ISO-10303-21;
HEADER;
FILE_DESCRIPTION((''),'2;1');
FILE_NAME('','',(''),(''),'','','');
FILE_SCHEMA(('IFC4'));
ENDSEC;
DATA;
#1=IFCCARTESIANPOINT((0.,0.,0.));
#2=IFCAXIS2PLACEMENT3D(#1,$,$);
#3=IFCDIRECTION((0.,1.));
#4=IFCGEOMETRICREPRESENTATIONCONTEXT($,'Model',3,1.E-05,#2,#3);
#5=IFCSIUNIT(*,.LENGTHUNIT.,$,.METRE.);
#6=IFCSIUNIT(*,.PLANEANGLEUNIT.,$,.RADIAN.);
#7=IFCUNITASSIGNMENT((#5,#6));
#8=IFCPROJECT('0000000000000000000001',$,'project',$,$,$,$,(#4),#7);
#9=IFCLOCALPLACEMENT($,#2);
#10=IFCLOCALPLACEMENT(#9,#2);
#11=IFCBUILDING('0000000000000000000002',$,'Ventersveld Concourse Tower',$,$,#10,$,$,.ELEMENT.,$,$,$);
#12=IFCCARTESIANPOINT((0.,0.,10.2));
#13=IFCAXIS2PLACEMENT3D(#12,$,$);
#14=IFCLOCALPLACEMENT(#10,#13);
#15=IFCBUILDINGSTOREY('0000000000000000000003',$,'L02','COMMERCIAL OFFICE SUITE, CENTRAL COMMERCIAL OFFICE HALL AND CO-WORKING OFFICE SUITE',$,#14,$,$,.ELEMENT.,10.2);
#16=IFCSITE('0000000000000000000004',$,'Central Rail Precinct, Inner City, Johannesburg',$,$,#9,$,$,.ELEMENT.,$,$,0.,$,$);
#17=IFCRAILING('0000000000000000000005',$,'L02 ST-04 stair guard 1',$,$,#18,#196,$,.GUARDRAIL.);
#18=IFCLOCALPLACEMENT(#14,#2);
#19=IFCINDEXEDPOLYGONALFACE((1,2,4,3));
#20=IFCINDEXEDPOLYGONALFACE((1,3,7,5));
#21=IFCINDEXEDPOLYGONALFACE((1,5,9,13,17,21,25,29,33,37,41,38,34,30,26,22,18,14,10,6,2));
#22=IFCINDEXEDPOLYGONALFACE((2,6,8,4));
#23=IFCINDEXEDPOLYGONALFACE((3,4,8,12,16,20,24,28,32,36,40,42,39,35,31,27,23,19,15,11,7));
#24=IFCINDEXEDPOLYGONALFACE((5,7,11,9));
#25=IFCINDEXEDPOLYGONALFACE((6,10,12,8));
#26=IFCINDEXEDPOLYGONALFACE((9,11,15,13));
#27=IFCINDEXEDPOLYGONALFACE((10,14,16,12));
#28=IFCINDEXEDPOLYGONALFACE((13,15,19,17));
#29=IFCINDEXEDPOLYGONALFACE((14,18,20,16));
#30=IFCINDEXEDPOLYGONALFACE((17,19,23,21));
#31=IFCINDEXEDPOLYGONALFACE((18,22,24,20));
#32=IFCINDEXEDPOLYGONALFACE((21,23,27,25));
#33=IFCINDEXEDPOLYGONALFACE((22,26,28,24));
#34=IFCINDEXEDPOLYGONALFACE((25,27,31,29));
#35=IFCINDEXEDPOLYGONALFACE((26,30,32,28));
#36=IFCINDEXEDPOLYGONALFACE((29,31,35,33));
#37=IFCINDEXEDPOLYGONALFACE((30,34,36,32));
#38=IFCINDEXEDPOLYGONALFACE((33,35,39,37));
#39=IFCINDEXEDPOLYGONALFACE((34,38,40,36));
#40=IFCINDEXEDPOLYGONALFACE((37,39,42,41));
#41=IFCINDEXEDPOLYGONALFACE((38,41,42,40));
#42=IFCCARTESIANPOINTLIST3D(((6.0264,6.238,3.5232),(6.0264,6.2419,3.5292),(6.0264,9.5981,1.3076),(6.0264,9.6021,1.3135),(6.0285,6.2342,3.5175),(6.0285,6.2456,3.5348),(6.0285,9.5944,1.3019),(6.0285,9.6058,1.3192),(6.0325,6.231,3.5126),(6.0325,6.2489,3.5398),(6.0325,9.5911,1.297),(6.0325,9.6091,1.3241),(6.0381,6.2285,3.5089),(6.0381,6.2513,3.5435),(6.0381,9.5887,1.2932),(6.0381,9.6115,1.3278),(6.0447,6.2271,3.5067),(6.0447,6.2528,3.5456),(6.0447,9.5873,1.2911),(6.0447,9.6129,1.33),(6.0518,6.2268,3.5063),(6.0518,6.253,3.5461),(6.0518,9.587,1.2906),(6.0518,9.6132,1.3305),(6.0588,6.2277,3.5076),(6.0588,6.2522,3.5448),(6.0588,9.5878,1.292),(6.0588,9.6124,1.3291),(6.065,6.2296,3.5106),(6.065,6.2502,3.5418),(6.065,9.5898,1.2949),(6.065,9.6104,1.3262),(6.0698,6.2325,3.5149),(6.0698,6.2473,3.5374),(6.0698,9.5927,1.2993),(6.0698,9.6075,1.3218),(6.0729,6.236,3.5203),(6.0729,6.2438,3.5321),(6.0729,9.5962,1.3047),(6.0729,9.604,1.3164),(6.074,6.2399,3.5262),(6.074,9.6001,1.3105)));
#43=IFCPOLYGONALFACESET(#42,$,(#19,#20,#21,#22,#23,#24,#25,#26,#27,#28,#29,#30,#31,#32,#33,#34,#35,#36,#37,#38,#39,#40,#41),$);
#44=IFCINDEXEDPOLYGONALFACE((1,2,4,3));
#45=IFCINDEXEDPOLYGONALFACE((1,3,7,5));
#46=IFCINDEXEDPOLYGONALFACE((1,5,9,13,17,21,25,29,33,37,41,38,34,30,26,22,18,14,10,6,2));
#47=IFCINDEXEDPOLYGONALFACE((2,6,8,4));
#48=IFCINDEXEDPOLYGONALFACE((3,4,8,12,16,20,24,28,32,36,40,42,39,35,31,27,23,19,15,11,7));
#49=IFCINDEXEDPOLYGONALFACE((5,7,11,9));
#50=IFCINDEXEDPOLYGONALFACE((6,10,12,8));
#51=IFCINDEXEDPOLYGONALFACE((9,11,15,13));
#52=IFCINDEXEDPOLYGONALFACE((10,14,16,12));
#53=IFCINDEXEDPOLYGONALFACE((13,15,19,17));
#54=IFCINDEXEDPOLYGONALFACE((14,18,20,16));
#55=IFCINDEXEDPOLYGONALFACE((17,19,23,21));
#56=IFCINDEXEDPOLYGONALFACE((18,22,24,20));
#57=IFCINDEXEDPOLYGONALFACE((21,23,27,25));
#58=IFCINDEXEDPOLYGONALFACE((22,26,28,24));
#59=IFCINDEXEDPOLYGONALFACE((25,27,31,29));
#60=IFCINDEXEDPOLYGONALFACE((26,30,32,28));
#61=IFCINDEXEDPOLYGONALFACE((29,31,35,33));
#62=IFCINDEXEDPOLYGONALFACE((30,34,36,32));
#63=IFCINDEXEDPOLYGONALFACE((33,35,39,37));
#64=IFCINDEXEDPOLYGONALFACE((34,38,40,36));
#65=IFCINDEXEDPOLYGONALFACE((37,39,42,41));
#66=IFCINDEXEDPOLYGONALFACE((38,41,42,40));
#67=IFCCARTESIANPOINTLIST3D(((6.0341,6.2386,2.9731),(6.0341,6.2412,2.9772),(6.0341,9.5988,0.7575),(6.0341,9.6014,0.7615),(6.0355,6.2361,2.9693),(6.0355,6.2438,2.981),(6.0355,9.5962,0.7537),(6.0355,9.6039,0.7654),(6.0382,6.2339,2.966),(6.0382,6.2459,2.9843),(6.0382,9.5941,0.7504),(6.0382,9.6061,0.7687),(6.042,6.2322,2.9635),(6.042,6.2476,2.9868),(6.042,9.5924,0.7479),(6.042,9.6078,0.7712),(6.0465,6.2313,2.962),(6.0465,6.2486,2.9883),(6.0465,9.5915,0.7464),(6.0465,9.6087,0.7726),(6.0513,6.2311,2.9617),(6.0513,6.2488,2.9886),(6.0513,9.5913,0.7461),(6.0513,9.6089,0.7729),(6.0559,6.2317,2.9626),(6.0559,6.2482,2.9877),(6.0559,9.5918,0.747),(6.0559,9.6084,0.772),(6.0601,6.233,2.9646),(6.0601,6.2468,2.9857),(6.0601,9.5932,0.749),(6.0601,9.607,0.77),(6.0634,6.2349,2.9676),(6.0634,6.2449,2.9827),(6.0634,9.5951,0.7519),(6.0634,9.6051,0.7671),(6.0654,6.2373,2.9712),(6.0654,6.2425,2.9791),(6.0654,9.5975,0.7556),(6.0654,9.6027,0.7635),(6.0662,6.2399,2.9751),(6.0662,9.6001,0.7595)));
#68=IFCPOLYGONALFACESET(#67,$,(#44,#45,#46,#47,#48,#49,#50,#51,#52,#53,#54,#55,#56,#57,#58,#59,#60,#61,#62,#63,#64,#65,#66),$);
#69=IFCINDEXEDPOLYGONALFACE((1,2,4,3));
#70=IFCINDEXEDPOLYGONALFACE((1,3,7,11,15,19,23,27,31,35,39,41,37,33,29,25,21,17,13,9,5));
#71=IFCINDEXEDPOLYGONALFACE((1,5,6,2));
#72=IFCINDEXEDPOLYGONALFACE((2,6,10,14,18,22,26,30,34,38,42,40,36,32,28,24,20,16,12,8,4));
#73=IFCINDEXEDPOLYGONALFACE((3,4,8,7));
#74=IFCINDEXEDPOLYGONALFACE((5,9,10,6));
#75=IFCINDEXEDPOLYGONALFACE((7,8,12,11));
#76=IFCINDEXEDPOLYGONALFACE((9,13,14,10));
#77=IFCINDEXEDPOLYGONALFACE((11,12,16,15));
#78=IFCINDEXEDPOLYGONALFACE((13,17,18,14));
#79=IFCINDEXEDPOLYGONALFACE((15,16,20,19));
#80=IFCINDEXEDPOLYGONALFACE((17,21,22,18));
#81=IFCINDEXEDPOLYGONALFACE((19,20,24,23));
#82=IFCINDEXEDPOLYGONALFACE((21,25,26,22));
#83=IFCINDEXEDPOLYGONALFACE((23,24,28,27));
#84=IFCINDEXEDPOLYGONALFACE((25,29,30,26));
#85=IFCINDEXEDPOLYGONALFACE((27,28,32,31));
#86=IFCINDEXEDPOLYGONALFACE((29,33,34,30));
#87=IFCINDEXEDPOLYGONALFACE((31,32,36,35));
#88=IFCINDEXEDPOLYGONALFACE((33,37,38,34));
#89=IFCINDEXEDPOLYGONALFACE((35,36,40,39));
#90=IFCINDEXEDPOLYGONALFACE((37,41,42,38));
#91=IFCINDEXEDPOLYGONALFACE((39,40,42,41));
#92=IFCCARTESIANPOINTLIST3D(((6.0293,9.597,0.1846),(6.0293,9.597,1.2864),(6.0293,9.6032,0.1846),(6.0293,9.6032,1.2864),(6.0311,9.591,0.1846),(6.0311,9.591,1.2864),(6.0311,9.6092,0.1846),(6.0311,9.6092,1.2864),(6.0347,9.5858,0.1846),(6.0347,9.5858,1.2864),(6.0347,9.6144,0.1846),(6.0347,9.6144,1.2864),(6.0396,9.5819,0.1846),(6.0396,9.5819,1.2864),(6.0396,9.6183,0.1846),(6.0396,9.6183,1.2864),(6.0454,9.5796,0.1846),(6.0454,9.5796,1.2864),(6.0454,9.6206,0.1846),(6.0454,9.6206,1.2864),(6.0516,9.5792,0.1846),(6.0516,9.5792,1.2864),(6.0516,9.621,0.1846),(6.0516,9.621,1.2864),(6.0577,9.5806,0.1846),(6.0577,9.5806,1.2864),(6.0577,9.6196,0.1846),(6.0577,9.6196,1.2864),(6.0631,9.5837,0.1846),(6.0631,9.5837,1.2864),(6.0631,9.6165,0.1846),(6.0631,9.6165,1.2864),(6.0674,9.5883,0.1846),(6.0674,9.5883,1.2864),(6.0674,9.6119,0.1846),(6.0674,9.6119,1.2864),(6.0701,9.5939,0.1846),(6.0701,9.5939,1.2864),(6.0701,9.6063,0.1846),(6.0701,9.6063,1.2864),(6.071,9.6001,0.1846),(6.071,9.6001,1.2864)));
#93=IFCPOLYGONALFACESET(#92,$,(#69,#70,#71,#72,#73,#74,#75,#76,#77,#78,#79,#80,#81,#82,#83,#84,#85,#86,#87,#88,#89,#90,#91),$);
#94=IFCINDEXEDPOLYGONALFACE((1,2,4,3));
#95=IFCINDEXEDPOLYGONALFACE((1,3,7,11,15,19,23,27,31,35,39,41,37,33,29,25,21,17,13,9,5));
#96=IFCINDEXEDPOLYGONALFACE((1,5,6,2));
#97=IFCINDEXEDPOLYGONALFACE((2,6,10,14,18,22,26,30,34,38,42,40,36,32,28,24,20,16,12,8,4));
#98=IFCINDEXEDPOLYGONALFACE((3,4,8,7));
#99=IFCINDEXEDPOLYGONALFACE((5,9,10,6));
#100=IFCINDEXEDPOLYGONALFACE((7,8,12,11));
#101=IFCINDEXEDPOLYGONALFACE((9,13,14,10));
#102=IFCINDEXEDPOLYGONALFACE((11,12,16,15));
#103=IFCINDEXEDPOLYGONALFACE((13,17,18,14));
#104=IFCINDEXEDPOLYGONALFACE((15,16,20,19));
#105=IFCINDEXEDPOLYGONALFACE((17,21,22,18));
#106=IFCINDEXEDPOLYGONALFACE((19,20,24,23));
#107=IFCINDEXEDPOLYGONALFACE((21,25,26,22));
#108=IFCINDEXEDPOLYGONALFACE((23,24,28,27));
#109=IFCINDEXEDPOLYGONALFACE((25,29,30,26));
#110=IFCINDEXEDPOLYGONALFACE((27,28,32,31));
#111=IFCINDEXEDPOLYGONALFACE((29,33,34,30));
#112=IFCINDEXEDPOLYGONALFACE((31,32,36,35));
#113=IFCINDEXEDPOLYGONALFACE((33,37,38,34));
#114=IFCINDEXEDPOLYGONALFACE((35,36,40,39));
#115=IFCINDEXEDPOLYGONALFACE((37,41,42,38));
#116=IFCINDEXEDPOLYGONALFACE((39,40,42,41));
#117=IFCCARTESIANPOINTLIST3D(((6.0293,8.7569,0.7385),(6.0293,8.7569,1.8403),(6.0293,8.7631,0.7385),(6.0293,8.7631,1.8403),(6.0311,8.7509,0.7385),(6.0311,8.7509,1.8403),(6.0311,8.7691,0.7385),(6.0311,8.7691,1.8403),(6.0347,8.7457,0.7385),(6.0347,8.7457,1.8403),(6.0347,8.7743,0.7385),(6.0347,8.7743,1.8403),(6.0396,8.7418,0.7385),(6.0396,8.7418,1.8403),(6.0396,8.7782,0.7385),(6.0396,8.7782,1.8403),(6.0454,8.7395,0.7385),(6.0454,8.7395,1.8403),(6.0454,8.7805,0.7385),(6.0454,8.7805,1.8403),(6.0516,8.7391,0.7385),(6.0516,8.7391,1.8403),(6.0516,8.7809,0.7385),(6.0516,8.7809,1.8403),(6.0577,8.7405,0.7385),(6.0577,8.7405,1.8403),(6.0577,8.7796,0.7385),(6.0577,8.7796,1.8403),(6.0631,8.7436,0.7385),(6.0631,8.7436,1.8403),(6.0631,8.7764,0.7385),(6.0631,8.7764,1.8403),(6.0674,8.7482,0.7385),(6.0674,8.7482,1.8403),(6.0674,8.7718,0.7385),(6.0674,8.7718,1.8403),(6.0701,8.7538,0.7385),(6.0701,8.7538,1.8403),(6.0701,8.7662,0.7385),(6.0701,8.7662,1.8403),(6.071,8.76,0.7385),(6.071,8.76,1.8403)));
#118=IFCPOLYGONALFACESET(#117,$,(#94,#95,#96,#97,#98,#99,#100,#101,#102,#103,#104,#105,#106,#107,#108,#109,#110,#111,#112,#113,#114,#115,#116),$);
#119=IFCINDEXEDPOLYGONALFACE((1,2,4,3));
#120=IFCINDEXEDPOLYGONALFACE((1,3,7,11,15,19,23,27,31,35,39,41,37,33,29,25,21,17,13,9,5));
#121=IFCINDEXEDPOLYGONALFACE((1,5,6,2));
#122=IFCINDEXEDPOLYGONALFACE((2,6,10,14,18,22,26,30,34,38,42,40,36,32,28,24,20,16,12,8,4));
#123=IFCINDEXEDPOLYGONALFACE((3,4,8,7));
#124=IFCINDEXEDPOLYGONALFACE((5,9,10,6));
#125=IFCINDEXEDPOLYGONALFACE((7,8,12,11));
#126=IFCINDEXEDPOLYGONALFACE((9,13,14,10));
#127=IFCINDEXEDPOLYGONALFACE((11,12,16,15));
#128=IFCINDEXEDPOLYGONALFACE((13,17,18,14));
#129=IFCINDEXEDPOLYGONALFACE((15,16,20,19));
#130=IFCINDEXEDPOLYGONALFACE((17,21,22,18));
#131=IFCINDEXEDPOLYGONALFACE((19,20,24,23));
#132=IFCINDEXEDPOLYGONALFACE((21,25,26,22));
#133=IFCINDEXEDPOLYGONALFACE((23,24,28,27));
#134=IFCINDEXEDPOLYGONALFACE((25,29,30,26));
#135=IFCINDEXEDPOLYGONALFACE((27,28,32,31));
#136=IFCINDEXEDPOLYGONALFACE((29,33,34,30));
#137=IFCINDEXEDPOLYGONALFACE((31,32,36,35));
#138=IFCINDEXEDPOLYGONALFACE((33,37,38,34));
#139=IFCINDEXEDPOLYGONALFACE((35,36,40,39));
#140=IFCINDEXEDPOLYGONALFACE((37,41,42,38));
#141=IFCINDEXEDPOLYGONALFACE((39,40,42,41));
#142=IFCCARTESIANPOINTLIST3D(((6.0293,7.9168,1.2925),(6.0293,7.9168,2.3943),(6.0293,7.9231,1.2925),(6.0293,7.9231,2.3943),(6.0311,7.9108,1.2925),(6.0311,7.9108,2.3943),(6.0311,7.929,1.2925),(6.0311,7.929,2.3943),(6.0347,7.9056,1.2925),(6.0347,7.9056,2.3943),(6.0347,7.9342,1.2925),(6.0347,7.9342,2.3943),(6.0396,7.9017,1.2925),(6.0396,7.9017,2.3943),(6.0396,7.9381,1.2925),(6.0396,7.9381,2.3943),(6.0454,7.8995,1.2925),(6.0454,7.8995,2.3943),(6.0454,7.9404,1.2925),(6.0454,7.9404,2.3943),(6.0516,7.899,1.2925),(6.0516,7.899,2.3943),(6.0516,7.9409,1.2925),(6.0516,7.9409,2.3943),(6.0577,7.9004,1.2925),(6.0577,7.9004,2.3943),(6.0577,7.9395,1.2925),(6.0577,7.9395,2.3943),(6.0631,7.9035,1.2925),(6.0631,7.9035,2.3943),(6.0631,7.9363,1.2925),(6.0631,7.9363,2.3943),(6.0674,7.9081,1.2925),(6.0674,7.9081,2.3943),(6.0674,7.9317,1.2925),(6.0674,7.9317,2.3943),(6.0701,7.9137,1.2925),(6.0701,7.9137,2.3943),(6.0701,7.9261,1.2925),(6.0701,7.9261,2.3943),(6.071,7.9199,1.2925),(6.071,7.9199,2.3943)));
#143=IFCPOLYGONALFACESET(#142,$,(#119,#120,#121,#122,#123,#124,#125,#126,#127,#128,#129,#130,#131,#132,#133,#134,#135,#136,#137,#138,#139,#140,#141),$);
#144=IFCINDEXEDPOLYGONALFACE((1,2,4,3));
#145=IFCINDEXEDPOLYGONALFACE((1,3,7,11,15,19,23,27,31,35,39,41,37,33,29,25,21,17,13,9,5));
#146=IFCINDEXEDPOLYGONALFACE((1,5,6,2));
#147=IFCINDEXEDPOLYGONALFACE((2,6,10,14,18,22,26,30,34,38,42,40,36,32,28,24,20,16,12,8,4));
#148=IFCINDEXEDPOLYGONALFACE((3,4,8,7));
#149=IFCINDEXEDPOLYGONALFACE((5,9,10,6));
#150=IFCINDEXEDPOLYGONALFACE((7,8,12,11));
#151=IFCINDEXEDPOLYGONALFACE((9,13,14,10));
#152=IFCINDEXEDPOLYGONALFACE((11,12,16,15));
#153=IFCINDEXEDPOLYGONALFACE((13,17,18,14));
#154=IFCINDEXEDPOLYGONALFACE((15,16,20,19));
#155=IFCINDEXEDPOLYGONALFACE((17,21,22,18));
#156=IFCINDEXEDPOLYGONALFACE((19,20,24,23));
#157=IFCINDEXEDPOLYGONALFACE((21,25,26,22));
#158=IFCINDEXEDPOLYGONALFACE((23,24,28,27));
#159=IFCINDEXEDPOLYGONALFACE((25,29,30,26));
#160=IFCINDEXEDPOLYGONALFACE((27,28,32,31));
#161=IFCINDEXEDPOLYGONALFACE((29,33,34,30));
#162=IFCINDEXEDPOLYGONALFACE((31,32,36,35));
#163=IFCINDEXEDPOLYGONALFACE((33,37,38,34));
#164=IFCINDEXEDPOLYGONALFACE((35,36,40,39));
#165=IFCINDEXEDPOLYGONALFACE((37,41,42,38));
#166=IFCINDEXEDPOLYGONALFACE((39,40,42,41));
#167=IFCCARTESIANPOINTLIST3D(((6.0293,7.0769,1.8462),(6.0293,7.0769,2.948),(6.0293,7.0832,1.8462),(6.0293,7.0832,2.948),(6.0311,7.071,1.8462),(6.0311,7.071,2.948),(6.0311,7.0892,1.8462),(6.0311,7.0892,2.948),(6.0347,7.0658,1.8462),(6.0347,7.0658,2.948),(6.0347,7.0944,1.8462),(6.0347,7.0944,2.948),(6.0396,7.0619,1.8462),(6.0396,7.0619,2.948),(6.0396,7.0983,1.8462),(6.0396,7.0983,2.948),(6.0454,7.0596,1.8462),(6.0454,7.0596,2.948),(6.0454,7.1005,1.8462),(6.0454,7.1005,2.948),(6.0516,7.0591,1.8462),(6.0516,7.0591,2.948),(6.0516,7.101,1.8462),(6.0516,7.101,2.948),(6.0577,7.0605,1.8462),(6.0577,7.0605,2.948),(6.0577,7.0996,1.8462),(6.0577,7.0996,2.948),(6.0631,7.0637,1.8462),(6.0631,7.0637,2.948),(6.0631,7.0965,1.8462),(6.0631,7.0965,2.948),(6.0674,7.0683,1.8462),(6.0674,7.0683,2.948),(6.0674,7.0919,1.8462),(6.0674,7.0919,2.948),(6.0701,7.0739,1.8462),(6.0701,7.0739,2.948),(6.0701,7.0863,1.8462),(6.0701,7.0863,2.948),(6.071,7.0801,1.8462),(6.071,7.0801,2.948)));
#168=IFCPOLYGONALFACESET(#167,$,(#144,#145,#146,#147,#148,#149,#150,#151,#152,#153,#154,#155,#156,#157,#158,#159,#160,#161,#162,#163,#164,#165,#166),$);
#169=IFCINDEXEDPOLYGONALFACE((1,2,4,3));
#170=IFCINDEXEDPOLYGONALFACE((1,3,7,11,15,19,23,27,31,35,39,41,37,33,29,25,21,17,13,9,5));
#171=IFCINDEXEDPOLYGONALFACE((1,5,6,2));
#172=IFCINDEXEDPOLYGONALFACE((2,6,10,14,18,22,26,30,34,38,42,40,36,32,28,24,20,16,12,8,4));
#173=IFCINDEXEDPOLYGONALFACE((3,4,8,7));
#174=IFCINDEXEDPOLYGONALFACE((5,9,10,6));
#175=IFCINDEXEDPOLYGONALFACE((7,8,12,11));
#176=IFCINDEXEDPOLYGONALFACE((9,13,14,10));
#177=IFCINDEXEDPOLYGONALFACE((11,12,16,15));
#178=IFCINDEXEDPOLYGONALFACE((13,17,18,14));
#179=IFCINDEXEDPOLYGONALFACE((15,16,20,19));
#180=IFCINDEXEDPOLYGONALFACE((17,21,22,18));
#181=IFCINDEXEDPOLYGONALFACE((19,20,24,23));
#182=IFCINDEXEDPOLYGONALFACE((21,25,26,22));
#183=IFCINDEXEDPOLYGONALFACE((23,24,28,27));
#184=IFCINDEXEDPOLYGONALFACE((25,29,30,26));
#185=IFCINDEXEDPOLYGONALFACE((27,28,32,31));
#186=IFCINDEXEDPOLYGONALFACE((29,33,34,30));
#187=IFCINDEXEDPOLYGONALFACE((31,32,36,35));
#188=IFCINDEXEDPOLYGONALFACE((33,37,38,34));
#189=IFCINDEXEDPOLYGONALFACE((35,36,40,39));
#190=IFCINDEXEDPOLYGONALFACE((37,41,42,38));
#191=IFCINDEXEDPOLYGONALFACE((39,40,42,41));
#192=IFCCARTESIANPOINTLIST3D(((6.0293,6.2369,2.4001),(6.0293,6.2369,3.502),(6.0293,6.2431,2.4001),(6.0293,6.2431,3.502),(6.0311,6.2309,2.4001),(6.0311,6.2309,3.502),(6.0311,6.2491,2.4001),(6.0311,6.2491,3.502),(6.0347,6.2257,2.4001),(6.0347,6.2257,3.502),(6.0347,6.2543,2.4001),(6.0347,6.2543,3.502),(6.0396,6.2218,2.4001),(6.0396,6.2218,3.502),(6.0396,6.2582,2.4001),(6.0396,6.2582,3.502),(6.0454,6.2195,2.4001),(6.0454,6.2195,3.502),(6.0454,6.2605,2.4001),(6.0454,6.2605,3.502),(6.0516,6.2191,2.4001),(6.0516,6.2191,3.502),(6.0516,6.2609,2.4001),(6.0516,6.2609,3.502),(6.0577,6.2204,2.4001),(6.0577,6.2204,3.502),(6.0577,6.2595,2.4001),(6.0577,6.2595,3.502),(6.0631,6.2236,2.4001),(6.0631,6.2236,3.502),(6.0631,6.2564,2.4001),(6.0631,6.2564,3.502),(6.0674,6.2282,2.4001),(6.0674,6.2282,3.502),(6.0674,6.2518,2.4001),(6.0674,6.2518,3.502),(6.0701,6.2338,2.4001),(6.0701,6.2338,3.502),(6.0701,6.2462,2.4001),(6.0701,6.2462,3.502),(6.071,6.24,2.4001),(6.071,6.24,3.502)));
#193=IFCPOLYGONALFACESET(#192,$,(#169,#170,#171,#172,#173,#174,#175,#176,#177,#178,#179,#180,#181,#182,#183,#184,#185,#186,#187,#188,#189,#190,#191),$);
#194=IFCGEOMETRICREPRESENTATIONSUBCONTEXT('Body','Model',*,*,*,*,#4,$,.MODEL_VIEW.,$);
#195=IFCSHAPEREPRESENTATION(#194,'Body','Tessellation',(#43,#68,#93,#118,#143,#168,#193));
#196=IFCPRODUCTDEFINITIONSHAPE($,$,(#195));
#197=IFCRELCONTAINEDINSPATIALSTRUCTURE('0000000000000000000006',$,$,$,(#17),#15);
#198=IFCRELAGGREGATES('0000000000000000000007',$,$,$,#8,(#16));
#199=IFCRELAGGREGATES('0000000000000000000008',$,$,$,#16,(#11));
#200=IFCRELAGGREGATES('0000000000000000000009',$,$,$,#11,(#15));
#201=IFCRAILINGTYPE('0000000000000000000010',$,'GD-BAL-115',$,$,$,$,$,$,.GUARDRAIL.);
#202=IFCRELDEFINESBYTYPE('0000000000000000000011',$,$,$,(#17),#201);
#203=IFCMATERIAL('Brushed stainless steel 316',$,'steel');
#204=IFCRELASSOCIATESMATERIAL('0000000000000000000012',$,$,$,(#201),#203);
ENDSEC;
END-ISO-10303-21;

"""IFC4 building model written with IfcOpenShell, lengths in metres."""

from ifc_helpers import new_model, si_unit, direction, frame, origin, origin_2d, place, context, subcontext, project, spatial, circle, extrude, material, type_object, element, save


model = new_model("IFC4")

# Units and contexts
model_context = context("Model", 3, precision=1e-05, world=origin(), true_north=direction((0.0, 1.0)))
body_context = subcontext(model_context, "Body", "Model", "MODEL_VIEW")
ifc_project = project(units=[si_unit("LENGTHUNIT", "METRE"), si_unit("PLANEANGLEUNIT", "RADIAN")], contexts=[model_context])

# Site, building, storey
site_placement = place(None, origin())
site = spatial("IfcSite", under=ifc_project, at=site_placement, Name="Central Rail Precinct, Inner City, Johannesburg", CompositionType="ELEMENT", RefElevation=0.0)
building_placement = place(site_placement, origin())
building = spatial("IfcBuilding", under=site, at=building_placement, Name="Ventersveld Concourse Tower", CompositionType="ELEMENT")
storey_placement = place(building_placement, frame((0.0, 0.0, 10.2)))
storey = spatial("IfcBuildingStorey", under=building, at=storey_placement, Name="L02", Description="COMMERCIAL OFFICE SUITE, CENTRAL COMMERCIAL OFFICE HALL AND CO-WORKING OFFICE SUITE", CompositionType="ELEMENT", Elevation=10.2)

# Railing
ifc_material_1 = material(Name="Brushed stainless steel 316", Category="steel")
railing_type_1 = type_object("IfcRailingType", Name="GD-BAL-115", PredefinedType="GUARDRAIL", material=ifc_material_1)
railing_1_placement = place(storey_placement, frame((6.05, 9.6001, 0.1846)))
element("IfcRailing", 1, at=railing_1_placement, inside=storey, type_object=railing_type_1, Name="L02 ST-04 stair guard 1", PredefinedType="GUARDRAIL", context=body_context, shape_type="SweptSolid", body=[
    extrude(circle(Radius=0.0239, at=origin_2d()), frame((0.0, 0.0, 1.126), z_axis=(0.0, -0.834849, 0.55048), x_axis=(1.0, 0.0, 0.0)), (0.0, 0.0, 1.0), 4.0249),
    extrude(circle(Radius=0.0161, at=origin_2d()), frame((0.0, 0.0, 0.575), z_axis=(0.0, -0.834849, 0.55048), x_axis=(1.0, 0.0, 0.0)), (0.0, 0.0, 1.0), 4.0249),
    extrude(circle(Radius=0.021, at=origin_2d()), origin(), (0.0, 0.0, 1.0), 1.1018),
    extrude(circle(Radius=0.021, at=origin_2d()), frame((0.0, -0.8401, 0.554)), (0.0, 0.0, 1.0), 1.1018),
    extrude(circle(Radius=0.021, at=origin_2d()), frame((0.0, -1.6802, 1.1079)), (0.0, 0.0, 1.0), 1.1018),
    extrude(circle(Radius=0.021, at=origin_2d()), frame((0.0, -2.52, 1.6616)), (0.0, 0.0, 1.0), 1.1018),
    extrude(circle(Radius=0.021, at=origin_2d()), frame((0.0, -3.3601, 2.2156)), (0.0, 0.0, 1.0), 1.1018),
])

save(model, "model.ifc")
